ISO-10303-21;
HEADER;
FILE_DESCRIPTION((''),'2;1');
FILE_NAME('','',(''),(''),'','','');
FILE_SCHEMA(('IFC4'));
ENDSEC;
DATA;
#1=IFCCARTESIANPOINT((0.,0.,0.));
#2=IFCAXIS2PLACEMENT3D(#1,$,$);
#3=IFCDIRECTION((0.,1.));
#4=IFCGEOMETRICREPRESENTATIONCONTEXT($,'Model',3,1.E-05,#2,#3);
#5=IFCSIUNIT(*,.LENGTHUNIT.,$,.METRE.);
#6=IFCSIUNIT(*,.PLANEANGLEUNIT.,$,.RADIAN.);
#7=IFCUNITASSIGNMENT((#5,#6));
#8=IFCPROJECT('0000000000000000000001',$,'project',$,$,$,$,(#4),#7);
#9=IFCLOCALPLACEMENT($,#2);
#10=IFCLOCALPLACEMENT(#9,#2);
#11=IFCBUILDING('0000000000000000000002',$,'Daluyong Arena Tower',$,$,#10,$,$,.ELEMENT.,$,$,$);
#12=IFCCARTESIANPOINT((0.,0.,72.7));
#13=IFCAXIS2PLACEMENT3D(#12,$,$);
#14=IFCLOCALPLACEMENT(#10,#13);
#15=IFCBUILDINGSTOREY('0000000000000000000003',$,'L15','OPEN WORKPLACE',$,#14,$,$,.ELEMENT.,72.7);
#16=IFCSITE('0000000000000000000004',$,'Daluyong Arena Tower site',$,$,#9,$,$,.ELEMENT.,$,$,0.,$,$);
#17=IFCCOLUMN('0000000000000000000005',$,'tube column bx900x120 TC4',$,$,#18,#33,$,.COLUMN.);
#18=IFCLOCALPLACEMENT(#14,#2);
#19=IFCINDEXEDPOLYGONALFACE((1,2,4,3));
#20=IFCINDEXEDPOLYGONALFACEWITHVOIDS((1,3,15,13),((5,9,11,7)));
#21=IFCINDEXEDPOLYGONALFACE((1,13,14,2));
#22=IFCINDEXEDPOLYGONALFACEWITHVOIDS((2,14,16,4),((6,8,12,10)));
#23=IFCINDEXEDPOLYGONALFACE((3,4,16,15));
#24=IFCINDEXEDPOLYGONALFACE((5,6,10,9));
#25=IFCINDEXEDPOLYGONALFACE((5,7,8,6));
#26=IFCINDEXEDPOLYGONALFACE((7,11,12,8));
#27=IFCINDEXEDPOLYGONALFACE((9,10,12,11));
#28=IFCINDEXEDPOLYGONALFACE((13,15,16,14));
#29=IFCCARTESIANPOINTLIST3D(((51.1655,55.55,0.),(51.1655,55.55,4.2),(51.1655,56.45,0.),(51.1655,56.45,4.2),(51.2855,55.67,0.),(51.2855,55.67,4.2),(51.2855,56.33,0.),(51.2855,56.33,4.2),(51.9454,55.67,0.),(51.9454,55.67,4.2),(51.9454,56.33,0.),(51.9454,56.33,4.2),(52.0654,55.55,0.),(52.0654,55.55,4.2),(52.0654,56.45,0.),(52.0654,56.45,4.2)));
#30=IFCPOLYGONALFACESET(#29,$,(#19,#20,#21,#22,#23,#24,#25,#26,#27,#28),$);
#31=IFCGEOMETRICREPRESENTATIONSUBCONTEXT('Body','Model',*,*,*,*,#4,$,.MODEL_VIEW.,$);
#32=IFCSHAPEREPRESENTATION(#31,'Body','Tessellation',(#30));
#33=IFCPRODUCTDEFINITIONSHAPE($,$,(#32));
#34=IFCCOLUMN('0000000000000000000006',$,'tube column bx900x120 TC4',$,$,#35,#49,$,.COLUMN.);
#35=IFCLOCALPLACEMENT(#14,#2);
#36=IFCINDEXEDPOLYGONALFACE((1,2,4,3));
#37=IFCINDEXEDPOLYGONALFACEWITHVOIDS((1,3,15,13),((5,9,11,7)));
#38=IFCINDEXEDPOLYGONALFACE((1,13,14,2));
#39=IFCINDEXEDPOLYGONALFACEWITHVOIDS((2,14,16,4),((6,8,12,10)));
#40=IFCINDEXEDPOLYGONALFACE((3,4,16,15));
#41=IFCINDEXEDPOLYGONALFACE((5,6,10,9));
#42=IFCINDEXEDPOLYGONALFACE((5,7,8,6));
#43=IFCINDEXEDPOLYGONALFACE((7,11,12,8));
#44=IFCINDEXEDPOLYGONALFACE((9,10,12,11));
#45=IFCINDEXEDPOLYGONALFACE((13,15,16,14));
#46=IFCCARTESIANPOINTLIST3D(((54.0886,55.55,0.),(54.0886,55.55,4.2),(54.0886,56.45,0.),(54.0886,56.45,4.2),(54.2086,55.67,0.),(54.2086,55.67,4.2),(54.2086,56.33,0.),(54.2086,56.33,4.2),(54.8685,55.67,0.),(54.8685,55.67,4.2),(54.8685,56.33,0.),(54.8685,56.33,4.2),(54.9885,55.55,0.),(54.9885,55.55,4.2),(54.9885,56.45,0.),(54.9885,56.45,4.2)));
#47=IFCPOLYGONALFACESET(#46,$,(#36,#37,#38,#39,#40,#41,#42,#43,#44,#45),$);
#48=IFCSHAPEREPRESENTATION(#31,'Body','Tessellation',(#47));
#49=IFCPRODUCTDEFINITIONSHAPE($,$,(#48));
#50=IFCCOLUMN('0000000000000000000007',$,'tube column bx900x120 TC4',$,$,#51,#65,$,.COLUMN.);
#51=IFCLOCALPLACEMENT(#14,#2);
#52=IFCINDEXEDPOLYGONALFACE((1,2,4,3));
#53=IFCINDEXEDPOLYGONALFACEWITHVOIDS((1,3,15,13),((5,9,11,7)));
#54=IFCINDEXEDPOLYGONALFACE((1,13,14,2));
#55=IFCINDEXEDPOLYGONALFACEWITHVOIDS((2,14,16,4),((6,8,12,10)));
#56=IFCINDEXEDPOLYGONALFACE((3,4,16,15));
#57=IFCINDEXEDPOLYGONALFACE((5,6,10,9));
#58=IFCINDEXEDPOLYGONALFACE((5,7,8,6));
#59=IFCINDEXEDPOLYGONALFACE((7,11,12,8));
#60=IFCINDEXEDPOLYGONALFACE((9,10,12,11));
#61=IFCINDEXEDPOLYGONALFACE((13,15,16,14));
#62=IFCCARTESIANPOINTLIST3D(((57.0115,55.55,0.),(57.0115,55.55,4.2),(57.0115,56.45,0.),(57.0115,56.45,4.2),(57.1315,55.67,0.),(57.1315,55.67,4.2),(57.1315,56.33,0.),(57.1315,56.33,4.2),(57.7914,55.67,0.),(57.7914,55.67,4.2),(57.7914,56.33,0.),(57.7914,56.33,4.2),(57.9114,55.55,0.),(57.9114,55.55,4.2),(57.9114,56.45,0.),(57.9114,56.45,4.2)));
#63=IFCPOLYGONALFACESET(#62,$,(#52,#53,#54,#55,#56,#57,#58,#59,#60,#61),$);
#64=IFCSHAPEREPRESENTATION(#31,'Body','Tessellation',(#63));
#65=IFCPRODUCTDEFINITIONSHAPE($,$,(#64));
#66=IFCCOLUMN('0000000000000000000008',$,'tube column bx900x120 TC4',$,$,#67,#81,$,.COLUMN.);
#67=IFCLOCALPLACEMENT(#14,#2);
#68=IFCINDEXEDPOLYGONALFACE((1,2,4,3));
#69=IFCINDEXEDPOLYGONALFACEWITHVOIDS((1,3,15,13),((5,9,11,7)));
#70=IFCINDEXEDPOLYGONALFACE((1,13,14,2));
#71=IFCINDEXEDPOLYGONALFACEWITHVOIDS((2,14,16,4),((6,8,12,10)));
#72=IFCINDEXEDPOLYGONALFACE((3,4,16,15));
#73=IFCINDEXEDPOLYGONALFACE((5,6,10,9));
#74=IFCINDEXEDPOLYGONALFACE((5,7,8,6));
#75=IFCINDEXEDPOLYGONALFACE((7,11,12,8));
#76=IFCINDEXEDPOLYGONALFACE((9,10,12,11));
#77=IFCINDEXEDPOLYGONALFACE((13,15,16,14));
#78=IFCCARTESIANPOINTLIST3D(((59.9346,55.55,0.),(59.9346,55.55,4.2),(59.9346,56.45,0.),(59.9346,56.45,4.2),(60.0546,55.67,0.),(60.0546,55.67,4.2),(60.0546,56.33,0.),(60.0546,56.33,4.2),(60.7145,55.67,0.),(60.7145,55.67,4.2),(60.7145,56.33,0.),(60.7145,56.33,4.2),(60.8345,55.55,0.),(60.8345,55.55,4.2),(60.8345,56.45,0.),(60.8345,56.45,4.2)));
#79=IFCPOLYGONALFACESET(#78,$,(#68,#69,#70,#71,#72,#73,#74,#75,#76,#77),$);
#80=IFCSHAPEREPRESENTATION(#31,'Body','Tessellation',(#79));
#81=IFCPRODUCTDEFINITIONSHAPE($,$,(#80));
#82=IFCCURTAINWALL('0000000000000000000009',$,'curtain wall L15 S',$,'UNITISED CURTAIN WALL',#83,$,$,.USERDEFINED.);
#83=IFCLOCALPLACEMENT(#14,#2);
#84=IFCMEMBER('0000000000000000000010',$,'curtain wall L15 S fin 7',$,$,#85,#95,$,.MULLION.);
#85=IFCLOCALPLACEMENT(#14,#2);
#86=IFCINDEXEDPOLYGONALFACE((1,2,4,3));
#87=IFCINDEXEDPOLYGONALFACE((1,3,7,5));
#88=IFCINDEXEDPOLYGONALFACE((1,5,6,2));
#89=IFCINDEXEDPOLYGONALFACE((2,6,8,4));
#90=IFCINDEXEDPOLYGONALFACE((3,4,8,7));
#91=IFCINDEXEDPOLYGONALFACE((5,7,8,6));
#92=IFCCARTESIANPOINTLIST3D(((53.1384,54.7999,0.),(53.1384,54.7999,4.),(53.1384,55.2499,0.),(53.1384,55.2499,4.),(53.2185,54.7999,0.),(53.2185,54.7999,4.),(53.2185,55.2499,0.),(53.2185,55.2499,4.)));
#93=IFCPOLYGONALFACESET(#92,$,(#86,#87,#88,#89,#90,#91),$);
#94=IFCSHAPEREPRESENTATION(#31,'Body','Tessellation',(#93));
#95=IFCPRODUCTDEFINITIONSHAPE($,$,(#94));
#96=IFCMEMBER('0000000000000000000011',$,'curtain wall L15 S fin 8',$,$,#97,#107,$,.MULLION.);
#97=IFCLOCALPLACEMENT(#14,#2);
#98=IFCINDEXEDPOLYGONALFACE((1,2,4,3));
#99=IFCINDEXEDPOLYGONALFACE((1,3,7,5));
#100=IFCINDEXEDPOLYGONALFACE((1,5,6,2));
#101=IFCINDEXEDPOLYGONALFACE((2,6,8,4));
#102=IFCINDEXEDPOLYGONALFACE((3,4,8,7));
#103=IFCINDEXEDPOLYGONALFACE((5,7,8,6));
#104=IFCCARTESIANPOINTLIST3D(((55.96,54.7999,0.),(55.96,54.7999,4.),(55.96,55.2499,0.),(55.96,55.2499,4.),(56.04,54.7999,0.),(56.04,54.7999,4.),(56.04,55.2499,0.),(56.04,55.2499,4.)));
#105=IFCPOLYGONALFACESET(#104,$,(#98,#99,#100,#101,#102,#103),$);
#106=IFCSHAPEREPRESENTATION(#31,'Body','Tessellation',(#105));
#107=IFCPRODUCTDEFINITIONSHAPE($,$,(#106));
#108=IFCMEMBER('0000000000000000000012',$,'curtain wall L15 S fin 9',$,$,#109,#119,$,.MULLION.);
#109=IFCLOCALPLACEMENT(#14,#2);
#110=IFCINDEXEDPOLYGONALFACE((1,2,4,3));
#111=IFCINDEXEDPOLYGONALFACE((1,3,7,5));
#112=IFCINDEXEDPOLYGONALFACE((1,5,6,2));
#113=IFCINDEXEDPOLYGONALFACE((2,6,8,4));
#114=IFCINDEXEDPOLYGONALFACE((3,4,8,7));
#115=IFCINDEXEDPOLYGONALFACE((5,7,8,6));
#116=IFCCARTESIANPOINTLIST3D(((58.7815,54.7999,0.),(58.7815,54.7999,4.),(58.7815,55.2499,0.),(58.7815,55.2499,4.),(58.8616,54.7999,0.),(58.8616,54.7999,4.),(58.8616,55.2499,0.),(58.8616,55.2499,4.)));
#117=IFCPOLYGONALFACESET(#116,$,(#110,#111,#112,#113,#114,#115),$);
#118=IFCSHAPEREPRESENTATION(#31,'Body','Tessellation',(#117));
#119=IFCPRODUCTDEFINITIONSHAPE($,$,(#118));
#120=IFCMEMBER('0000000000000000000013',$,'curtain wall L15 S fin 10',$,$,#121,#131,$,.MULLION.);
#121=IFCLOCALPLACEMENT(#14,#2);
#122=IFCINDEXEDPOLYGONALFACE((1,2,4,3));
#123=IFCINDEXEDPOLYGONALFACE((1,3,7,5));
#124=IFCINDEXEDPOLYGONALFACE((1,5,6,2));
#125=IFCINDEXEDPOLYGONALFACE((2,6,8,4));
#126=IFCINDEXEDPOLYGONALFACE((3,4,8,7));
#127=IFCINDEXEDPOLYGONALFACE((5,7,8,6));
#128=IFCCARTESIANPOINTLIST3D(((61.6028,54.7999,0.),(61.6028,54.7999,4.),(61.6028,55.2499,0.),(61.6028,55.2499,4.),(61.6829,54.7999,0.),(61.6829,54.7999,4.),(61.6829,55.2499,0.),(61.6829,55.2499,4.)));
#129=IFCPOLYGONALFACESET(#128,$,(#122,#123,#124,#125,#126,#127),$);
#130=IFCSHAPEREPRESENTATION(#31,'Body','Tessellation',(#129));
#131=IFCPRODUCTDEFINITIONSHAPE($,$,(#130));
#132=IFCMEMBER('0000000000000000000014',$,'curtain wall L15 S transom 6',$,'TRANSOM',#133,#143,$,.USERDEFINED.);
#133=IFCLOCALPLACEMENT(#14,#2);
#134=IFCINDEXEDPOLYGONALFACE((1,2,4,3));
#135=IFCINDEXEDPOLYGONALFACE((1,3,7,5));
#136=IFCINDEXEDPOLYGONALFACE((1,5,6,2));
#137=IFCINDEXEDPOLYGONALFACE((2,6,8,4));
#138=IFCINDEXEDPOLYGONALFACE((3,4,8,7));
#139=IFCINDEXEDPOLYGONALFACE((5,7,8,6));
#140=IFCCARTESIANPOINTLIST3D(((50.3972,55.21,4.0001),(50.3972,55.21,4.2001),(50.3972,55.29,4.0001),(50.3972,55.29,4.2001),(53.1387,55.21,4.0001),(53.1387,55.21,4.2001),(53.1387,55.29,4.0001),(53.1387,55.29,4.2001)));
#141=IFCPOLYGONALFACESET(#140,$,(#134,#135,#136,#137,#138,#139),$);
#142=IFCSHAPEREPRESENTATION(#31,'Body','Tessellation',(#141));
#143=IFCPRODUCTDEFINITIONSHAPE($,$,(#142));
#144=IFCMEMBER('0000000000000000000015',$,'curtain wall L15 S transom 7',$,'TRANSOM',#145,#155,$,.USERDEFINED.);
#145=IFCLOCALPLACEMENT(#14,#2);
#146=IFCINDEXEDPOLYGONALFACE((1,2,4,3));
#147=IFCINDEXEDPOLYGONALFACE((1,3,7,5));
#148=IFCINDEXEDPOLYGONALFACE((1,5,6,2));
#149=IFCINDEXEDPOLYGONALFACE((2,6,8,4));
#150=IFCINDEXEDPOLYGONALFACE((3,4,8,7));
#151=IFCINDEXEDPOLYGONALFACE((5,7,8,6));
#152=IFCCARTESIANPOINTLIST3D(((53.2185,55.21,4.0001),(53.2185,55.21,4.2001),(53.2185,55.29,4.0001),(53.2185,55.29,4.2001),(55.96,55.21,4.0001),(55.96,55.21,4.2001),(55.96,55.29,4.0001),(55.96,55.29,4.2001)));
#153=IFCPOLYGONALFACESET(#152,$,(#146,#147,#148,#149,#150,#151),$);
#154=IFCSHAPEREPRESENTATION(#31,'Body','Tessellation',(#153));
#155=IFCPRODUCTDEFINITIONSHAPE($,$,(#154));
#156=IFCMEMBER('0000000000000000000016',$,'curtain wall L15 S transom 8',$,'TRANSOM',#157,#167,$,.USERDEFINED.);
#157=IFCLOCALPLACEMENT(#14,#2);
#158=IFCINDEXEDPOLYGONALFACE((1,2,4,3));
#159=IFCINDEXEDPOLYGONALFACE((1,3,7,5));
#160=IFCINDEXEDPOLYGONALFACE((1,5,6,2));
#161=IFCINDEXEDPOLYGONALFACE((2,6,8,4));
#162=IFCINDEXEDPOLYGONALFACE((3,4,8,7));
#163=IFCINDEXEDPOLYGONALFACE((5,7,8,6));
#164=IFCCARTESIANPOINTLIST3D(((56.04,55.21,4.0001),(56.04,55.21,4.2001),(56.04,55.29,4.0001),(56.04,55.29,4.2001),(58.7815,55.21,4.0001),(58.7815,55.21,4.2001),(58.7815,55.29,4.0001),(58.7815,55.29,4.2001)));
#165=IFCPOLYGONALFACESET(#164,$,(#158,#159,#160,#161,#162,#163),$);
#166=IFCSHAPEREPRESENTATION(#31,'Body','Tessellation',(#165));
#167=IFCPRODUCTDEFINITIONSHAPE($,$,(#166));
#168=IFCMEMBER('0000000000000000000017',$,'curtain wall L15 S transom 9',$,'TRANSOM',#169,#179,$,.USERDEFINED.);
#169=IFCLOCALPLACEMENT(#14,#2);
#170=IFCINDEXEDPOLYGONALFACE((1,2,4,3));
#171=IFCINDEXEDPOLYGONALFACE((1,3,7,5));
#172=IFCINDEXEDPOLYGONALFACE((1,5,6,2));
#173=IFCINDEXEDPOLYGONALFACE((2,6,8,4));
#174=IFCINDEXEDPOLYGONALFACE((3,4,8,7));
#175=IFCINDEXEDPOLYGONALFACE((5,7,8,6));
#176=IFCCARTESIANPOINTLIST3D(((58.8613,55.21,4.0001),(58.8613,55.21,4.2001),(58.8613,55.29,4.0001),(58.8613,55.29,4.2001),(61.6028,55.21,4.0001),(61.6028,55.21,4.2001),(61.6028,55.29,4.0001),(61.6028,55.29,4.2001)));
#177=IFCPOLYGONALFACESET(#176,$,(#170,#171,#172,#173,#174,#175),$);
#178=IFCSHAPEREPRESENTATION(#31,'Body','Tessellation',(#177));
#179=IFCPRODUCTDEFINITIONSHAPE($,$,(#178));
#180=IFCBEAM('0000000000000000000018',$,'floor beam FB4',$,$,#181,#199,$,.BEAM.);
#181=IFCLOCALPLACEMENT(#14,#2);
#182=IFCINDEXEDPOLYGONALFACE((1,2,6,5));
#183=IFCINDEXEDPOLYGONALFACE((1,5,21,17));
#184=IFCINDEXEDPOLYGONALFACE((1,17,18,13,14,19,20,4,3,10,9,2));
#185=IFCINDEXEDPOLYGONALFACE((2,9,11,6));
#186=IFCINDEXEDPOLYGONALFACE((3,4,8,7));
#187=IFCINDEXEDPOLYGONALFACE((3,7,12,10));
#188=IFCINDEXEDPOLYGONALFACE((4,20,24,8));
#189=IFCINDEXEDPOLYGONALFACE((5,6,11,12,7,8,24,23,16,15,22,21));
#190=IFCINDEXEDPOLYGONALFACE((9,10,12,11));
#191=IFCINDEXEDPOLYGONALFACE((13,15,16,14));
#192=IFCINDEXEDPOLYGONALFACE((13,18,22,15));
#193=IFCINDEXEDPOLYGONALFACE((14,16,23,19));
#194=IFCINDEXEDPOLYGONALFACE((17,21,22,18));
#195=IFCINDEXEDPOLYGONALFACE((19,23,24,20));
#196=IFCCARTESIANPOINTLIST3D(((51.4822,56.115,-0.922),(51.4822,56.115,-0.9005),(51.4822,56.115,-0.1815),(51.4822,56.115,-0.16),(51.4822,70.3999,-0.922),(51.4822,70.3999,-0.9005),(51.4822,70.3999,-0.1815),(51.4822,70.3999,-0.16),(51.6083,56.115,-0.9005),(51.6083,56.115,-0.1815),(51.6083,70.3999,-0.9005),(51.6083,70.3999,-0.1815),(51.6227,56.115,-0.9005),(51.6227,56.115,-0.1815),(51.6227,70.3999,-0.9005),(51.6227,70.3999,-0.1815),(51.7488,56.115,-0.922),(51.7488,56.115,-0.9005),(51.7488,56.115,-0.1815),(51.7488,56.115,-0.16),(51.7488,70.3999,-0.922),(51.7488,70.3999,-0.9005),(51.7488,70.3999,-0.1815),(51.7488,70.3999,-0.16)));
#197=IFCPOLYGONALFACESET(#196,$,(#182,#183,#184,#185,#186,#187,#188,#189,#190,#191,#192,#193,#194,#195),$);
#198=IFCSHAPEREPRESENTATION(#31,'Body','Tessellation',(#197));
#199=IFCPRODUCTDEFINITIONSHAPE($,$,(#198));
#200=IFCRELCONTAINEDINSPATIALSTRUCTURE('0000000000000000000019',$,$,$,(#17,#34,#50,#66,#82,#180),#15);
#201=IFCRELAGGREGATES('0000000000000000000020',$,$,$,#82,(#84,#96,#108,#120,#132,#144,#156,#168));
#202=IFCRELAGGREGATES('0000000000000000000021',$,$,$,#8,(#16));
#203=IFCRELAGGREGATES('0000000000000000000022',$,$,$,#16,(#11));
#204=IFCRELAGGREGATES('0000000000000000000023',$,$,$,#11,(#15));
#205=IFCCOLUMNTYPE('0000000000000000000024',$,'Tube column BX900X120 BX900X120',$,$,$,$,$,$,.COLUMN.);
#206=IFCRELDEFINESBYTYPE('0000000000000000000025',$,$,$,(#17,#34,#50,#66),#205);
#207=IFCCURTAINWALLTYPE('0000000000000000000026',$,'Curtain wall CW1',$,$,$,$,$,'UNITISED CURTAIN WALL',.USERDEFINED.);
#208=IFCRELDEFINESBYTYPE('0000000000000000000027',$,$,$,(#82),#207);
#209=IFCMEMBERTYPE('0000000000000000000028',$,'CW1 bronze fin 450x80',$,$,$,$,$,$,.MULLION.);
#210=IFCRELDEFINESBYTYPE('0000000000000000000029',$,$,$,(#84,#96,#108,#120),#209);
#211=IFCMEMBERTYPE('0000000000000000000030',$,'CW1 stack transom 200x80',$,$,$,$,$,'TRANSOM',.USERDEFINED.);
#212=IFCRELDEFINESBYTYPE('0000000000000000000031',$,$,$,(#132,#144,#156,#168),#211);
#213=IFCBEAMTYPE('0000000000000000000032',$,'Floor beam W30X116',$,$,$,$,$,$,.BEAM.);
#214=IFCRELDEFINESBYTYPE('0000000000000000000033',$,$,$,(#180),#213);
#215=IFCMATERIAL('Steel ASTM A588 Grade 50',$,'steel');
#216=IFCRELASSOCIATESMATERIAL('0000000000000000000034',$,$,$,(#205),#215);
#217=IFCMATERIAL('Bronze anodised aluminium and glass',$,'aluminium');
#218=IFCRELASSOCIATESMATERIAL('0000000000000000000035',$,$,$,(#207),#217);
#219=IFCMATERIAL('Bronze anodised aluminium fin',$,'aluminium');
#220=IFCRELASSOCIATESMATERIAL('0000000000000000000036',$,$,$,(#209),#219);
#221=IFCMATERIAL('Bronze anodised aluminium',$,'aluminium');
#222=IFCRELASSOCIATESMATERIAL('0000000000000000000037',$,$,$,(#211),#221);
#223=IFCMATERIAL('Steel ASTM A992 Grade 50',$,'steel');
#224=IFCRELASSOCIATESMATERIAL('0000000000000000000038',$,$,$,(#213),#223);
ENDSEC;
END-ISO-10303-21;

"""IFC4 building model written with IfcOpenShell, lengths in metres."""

from ifc_helpers import new_model, si_unit, direction, frame, origin, origin_2d, place, context, subcontext, project, spatial, rectangle, hollow_rectangle, i_section, extrude, material, material_profile, profile_set, type_object, element, aggregate, save


model = new_model("IFC4")

# Units and contexts
model_context = context("Model", 3, precision=1e-05, world=origin(), true_north=direction((0.0, 1.0)))
body_context = subcontext(model_context, "Body", "Model", "MODEL_VIEW")
ifc_project = project(units=[si_unit("LENGTHUNIT", "METRE"), si_unit("PLANEANGLEUNIT", "RADIAN")], contexts=[model_context])

# Site, building, storey
site_placement = place(None, origin())
site = spatial("IfcSite", under=ifc_project, at=site_placement, Name="Daluyong Arena Tower site", CompositionType="ELEMENT", RefElevation=0.0)
building_placement = place(site_placement, origin())
building = spatial("IfcBuilding", under=site, at=building_placement, Name="Daluyong Arena Tower", CompositionType="ELEMENT")
storey_placement = place(building_placement, frame((0.0, 0.0, 72.7)))
storey = spatial("IfcBuildingStorey", under=building, at=storey_placement, Name="L15", Description="OPEN WORKPLACE", CompositionType="ELEMENT", Elevation=72.7)

# Columns
ifc_material_1 = material(Name="Steel ASTM A588 Grade 50", Category="steel")
ifc_material_profile_1 = material_profile(ifc_material_1, hollow_rectangle(XDim=0.8999, YDim=0.8999, WallThickness=0.12, at=origin_2d()))
ifc_profile_set_1 = profile_set([ifc_material_profile_1], Name="Steel ASTM A588 Grade 50")
column_type = type_object("IfcColumnType", Name="Tube column BX900X120 BX900X120", PredefinedType="COLUMN", material=ifc_profile_set_1)
for number, where, z_axis, x_axis, name in (
    (1, (51.6155, 56.0, 0.0), (0.0, 0.0, 1.0), (1.0, 0.0, 0.0), "tube column bx900x120 TC4"),
    (2, (54.5386, 56.0, 0.0), (0.0, 0.0, 1.0), (1.0, 0.0, 0.0), "tube column bx900x120 TC4"),
    (3, (57.4614, 56.0, 0.0), (0.0, 0.0, 1.0), (1.0, 0.0, 0.0), "tube column bx900x120 TC4"),
    (4, (60.3845, 56.0, 0.0), (0.0, 0.0, 1.0), (1.0, 0.0, 0.0), "tube column bx900x120 TC4"),
):
    element("IfcColumn", number, at=place(storey_placement, frame(where, z_axis=z_axis, x_axis=x_axis)), inside=storey, type_object=column_type, Name=name, PredefinedType="COLUMN", context=body_context, shape_type="SweptSolid", body=[
        extrude(hollow_rectangle(XDim=0.8999, YDim=0.8999, WallThickness=0.12, at=origin_2d()), origin(), (0.0, 0.0, 1.0), 4.2),
    ])

# Curtain wall, members
ifc_material_2 = material(Name="Bronze anodised aluminium and glass", Category="aluminium")
curtain_wall_type = type_object("IfcCurtainWallType", Name="Curtain wall CW1", ElementType="UNITISED CURTAIN WALL", PredefinedType="USERDEFINED", material=ifc_material_2)
curtain_wall_placement = place(storey_placement, origin())
curtain_wall = element("IfcCurtainWall", 5, at=curtain_wall_placement, inside=storey, type_object=curtain_wall_type, Name="curtain wall L15 S", ObjectType="UNITISED CURTAIN WALL", PredefinedType="USERDEFINED")
ifc_material_3 = material(Name="Bronze anodised aluminium fin", Category="aluminium")
ifc_material_profile_2 = material_profile(ifc_material_3, rectangle(XDim=0.45, YDim=0.0801, at=origin_2d()))
ifc_profile_set_2 = profile_set([ifc_material_profile_2], Name="Bronze anodised aluminium fin")
member_type_1 = type_object("IfcMemberType", Name="CW1 bronze fin 450x80", PredefinedType="MULLION", material=ifc_profile_set_2)
member_1_placement = place(storey_placement, frame((53.1785, 55.0249, 0.0), z_axis=(0.0, 0.0, 1.0), x_axis=(0.0, 1.0, 0.0)))
member_1 = element("IfcMember", 6, at=member_1_placement, type_object=member_type_1, Name="curtain wall L15 S fin 7", PredefinedType="MULLION", context=body_context, shape_type="SweptSolid", body=[
    extrude(rectangle(XDim=0.45, YDim=0.0801, at=origin_2d()), origin(), (0.0, 0.0, 1.0), 4.0),
])
member_2_placement = place(storey_placement, frame((56.0, 55.0249, 0.0), z_axis=(0.0, 0.0, 1.0), x_axis=(0.0, 1.0, 0.0)))
member_2 = element("IfcMember", 7, at=member_2_placement, type_object=member_type_1, Name="curtain wall L15 S fin 8", PredefinedType="MULLION", context=body_context, shape_type="SweptSolid", body=[
    extrude(rectangle(XDim=0.45, YDim=0.0801, at=origin_2d()), origin(), (0.0, 0.0, 1.0), 4.0),
])
member_3_placement = place(storey_placement, frame((58.8215, 55.0249, 0.0), z_axis=(0.0, 0.0, 1.0), x_axis=(0.0, 1.0, 0.0)))
member_3 = element("IfcMember", 8, at=member_3_placement, type_object=member_type_1, Name="curtain wall L15 S fin 9", PredefinedType="MULLION", context=body_context, shape_type="SweptSolid", body=[
    extrude(rectangle(XDim=0.45, YDim=0.0801, at=origin_2d()), origin(), (0.0, 0.0, 1.0), 4.0),
])
member_4_placement = place(storey_placement, frame((61.6428, 55.0249, 0.0), z_axis=(0.0, 0.0, 1.0), x_axis=(0.0, 1.0, 0.0)))
member_4 = element("IfcMember", 9, at=member_4_placement, type_object=member_type_1, Name="curtain wall L15 S fin 10", PredefinedType="MULLION", context=body_context, shape_type="SweptSolid", body=[
    extrude(rectangle(XDim=0.45, YDim=0.0801, at=origin_2d()), origin(), (0.0, 0.0, 1.0), 4.0),
])
ifc_material_4 = material(Name="Bronze anodised aluminium", Category="aluminium")
ifc_material_profile_3 = material_profile(ifc_material_4, rectangle(XDim=0.0801, YDim=0.2, at=origin_2d()))
ifc_profile_set_3 = profile_set([ifc_material_profile_3], Name="Bronze anodised aluminium")
member_type_2 = type_object("IfcMemberType", Name="CW1 stack transom 200x80", ElementType="TRANSOM", PredefinedType="USERDEFINED", material=ifc_profile_set_3)
member_5_placement = place(storey_placement, frame((50.3972, 55.25, 4.1001), z_axis=(1.0, 0.0, 0.0), x_axis=(0.0, 1.0, 0.0)))
member_5 = element("IfcMember", 10, at=member_5_placement, type_object=member_type_2, Name="curtain wall L15 S transom 6", ObjectType="TRANSOM", PredefinedType="USERDEFINED", context=body_context, shape_type="SweptSolid", body=[
    extrude(rectangle(XDim=0.0801, YDim=0.2, at=origin_2d()), origin(), (0.0, 0.0, 1.0), 2.7415),
])
member_6_placement = place(storey_placement, frame((53.2185, 55.25, 4.1001), z_axis=(1.0, 0.0, 0.0), x_axis=(0.0, 1.0, 0.0)))
member_6 = element("IfcMember", 11, at=member_6_placement, type_object=member_type_2, Name="curtain wall L15 S transom 7", ObjectType="TRANSOM", PredefinedType="USERDEFINED", context=body_context, shape_type="SweptSolid", body=[
    extrude(rectangle(XDim=0.0801, YDim=0.2, at=origin_2d()), origin(), (0.0, 0.0, 1.0), 2.7415),
])
member_7_placement = place(storey_placement, frame((56.04, 55.25, 4.1001), z_axis=(1.0, 0.0, 0.0), x_axis=(0.0, 1.0, 0.0)))
member_7 = element("IfcMember", 12, at=member_7_placement, type_object=member_type_2, Name="curtain wall L15 S transom 8", ObjectType="TRANSOM", PredefinedType="USERDEFINED", context=body_context, shape_type="SweptSolid", body=[
    extrude(rectangle(XDim=0.0801, YDim=0.2, at=origin_2d()), origin(), (0.0, 0.0, 1.0), 2.7415),
])
member_8_placement = place(storey_placement, frame((58.8613, 55.25, 4.1001), z_axis=(1.0, 0.0, 0.0), x_axis=(0.0, 1.0, 0.0)))
member_8 = element("IfcMember", 13, at=member_8_placement, type_object=member_type_2, Name="curtain wall L15 S transom 9", ObjectType="TRANSOM", PredefinedType="USERDEFINED", context=body_context, shape_type="SweptSolid", body=[
    extrude(rectangle(XDim=0.0801, YDim=0.2, at=origin_2d()), origin(), (0.0, 0.0, 1.0), 2.7415),
])

# Beam
ifc_material_5 = material(Name="Steel ASTM A992 Grade 50", Category="steel")
ifc_material_profile_4 = material_profile(ifc_material_5, i_section(OverallWidth=0.2666, OverallDepth=0.762, WebThickness=0.0144, FlangeThickness=0.0215, at=origin_2d()))
ifc_profile_set_4 = profile_set([ifc_material_profile_4], Name="Steel ASTM A992 Grade 50")
beam_type_1 = type_object("IfcBeamType", Name="Floor beam W30X116", PredefinedType="BEAM", material=ifc_profile_set_4)
for number, where, z_axis, x_axis, name in (
    (14, (51.6155, 56.115, -0.541), (0.0, 1.0, 0.0), (-1.0, 0.0, 0.0), "floor beam FB4"),
):
    element("IfcBeam", number, at=place(storey_placement, frame(where, z_axis=z_axis, x_axis=x_axis)), inside=storey, type_object=beam_type_1, Name=name, PredefinedType="BEAM", context=body_context, shape_type="SweptSolid", body=[
        extrude(i_section(OverallWidth=0.2666, OverallDepth=0.762, WebThickness=0.0144, FlangeThickness=0.0215, at=origin_2d()), origin(), (0.0, 0.0, 1.0), 14.2849),
    ])

aggregate(curtain_wall, [member_1, member_2, member_3, member_4, member_5, member_6, member_7, member_8])

save(model, "model.ifc")
